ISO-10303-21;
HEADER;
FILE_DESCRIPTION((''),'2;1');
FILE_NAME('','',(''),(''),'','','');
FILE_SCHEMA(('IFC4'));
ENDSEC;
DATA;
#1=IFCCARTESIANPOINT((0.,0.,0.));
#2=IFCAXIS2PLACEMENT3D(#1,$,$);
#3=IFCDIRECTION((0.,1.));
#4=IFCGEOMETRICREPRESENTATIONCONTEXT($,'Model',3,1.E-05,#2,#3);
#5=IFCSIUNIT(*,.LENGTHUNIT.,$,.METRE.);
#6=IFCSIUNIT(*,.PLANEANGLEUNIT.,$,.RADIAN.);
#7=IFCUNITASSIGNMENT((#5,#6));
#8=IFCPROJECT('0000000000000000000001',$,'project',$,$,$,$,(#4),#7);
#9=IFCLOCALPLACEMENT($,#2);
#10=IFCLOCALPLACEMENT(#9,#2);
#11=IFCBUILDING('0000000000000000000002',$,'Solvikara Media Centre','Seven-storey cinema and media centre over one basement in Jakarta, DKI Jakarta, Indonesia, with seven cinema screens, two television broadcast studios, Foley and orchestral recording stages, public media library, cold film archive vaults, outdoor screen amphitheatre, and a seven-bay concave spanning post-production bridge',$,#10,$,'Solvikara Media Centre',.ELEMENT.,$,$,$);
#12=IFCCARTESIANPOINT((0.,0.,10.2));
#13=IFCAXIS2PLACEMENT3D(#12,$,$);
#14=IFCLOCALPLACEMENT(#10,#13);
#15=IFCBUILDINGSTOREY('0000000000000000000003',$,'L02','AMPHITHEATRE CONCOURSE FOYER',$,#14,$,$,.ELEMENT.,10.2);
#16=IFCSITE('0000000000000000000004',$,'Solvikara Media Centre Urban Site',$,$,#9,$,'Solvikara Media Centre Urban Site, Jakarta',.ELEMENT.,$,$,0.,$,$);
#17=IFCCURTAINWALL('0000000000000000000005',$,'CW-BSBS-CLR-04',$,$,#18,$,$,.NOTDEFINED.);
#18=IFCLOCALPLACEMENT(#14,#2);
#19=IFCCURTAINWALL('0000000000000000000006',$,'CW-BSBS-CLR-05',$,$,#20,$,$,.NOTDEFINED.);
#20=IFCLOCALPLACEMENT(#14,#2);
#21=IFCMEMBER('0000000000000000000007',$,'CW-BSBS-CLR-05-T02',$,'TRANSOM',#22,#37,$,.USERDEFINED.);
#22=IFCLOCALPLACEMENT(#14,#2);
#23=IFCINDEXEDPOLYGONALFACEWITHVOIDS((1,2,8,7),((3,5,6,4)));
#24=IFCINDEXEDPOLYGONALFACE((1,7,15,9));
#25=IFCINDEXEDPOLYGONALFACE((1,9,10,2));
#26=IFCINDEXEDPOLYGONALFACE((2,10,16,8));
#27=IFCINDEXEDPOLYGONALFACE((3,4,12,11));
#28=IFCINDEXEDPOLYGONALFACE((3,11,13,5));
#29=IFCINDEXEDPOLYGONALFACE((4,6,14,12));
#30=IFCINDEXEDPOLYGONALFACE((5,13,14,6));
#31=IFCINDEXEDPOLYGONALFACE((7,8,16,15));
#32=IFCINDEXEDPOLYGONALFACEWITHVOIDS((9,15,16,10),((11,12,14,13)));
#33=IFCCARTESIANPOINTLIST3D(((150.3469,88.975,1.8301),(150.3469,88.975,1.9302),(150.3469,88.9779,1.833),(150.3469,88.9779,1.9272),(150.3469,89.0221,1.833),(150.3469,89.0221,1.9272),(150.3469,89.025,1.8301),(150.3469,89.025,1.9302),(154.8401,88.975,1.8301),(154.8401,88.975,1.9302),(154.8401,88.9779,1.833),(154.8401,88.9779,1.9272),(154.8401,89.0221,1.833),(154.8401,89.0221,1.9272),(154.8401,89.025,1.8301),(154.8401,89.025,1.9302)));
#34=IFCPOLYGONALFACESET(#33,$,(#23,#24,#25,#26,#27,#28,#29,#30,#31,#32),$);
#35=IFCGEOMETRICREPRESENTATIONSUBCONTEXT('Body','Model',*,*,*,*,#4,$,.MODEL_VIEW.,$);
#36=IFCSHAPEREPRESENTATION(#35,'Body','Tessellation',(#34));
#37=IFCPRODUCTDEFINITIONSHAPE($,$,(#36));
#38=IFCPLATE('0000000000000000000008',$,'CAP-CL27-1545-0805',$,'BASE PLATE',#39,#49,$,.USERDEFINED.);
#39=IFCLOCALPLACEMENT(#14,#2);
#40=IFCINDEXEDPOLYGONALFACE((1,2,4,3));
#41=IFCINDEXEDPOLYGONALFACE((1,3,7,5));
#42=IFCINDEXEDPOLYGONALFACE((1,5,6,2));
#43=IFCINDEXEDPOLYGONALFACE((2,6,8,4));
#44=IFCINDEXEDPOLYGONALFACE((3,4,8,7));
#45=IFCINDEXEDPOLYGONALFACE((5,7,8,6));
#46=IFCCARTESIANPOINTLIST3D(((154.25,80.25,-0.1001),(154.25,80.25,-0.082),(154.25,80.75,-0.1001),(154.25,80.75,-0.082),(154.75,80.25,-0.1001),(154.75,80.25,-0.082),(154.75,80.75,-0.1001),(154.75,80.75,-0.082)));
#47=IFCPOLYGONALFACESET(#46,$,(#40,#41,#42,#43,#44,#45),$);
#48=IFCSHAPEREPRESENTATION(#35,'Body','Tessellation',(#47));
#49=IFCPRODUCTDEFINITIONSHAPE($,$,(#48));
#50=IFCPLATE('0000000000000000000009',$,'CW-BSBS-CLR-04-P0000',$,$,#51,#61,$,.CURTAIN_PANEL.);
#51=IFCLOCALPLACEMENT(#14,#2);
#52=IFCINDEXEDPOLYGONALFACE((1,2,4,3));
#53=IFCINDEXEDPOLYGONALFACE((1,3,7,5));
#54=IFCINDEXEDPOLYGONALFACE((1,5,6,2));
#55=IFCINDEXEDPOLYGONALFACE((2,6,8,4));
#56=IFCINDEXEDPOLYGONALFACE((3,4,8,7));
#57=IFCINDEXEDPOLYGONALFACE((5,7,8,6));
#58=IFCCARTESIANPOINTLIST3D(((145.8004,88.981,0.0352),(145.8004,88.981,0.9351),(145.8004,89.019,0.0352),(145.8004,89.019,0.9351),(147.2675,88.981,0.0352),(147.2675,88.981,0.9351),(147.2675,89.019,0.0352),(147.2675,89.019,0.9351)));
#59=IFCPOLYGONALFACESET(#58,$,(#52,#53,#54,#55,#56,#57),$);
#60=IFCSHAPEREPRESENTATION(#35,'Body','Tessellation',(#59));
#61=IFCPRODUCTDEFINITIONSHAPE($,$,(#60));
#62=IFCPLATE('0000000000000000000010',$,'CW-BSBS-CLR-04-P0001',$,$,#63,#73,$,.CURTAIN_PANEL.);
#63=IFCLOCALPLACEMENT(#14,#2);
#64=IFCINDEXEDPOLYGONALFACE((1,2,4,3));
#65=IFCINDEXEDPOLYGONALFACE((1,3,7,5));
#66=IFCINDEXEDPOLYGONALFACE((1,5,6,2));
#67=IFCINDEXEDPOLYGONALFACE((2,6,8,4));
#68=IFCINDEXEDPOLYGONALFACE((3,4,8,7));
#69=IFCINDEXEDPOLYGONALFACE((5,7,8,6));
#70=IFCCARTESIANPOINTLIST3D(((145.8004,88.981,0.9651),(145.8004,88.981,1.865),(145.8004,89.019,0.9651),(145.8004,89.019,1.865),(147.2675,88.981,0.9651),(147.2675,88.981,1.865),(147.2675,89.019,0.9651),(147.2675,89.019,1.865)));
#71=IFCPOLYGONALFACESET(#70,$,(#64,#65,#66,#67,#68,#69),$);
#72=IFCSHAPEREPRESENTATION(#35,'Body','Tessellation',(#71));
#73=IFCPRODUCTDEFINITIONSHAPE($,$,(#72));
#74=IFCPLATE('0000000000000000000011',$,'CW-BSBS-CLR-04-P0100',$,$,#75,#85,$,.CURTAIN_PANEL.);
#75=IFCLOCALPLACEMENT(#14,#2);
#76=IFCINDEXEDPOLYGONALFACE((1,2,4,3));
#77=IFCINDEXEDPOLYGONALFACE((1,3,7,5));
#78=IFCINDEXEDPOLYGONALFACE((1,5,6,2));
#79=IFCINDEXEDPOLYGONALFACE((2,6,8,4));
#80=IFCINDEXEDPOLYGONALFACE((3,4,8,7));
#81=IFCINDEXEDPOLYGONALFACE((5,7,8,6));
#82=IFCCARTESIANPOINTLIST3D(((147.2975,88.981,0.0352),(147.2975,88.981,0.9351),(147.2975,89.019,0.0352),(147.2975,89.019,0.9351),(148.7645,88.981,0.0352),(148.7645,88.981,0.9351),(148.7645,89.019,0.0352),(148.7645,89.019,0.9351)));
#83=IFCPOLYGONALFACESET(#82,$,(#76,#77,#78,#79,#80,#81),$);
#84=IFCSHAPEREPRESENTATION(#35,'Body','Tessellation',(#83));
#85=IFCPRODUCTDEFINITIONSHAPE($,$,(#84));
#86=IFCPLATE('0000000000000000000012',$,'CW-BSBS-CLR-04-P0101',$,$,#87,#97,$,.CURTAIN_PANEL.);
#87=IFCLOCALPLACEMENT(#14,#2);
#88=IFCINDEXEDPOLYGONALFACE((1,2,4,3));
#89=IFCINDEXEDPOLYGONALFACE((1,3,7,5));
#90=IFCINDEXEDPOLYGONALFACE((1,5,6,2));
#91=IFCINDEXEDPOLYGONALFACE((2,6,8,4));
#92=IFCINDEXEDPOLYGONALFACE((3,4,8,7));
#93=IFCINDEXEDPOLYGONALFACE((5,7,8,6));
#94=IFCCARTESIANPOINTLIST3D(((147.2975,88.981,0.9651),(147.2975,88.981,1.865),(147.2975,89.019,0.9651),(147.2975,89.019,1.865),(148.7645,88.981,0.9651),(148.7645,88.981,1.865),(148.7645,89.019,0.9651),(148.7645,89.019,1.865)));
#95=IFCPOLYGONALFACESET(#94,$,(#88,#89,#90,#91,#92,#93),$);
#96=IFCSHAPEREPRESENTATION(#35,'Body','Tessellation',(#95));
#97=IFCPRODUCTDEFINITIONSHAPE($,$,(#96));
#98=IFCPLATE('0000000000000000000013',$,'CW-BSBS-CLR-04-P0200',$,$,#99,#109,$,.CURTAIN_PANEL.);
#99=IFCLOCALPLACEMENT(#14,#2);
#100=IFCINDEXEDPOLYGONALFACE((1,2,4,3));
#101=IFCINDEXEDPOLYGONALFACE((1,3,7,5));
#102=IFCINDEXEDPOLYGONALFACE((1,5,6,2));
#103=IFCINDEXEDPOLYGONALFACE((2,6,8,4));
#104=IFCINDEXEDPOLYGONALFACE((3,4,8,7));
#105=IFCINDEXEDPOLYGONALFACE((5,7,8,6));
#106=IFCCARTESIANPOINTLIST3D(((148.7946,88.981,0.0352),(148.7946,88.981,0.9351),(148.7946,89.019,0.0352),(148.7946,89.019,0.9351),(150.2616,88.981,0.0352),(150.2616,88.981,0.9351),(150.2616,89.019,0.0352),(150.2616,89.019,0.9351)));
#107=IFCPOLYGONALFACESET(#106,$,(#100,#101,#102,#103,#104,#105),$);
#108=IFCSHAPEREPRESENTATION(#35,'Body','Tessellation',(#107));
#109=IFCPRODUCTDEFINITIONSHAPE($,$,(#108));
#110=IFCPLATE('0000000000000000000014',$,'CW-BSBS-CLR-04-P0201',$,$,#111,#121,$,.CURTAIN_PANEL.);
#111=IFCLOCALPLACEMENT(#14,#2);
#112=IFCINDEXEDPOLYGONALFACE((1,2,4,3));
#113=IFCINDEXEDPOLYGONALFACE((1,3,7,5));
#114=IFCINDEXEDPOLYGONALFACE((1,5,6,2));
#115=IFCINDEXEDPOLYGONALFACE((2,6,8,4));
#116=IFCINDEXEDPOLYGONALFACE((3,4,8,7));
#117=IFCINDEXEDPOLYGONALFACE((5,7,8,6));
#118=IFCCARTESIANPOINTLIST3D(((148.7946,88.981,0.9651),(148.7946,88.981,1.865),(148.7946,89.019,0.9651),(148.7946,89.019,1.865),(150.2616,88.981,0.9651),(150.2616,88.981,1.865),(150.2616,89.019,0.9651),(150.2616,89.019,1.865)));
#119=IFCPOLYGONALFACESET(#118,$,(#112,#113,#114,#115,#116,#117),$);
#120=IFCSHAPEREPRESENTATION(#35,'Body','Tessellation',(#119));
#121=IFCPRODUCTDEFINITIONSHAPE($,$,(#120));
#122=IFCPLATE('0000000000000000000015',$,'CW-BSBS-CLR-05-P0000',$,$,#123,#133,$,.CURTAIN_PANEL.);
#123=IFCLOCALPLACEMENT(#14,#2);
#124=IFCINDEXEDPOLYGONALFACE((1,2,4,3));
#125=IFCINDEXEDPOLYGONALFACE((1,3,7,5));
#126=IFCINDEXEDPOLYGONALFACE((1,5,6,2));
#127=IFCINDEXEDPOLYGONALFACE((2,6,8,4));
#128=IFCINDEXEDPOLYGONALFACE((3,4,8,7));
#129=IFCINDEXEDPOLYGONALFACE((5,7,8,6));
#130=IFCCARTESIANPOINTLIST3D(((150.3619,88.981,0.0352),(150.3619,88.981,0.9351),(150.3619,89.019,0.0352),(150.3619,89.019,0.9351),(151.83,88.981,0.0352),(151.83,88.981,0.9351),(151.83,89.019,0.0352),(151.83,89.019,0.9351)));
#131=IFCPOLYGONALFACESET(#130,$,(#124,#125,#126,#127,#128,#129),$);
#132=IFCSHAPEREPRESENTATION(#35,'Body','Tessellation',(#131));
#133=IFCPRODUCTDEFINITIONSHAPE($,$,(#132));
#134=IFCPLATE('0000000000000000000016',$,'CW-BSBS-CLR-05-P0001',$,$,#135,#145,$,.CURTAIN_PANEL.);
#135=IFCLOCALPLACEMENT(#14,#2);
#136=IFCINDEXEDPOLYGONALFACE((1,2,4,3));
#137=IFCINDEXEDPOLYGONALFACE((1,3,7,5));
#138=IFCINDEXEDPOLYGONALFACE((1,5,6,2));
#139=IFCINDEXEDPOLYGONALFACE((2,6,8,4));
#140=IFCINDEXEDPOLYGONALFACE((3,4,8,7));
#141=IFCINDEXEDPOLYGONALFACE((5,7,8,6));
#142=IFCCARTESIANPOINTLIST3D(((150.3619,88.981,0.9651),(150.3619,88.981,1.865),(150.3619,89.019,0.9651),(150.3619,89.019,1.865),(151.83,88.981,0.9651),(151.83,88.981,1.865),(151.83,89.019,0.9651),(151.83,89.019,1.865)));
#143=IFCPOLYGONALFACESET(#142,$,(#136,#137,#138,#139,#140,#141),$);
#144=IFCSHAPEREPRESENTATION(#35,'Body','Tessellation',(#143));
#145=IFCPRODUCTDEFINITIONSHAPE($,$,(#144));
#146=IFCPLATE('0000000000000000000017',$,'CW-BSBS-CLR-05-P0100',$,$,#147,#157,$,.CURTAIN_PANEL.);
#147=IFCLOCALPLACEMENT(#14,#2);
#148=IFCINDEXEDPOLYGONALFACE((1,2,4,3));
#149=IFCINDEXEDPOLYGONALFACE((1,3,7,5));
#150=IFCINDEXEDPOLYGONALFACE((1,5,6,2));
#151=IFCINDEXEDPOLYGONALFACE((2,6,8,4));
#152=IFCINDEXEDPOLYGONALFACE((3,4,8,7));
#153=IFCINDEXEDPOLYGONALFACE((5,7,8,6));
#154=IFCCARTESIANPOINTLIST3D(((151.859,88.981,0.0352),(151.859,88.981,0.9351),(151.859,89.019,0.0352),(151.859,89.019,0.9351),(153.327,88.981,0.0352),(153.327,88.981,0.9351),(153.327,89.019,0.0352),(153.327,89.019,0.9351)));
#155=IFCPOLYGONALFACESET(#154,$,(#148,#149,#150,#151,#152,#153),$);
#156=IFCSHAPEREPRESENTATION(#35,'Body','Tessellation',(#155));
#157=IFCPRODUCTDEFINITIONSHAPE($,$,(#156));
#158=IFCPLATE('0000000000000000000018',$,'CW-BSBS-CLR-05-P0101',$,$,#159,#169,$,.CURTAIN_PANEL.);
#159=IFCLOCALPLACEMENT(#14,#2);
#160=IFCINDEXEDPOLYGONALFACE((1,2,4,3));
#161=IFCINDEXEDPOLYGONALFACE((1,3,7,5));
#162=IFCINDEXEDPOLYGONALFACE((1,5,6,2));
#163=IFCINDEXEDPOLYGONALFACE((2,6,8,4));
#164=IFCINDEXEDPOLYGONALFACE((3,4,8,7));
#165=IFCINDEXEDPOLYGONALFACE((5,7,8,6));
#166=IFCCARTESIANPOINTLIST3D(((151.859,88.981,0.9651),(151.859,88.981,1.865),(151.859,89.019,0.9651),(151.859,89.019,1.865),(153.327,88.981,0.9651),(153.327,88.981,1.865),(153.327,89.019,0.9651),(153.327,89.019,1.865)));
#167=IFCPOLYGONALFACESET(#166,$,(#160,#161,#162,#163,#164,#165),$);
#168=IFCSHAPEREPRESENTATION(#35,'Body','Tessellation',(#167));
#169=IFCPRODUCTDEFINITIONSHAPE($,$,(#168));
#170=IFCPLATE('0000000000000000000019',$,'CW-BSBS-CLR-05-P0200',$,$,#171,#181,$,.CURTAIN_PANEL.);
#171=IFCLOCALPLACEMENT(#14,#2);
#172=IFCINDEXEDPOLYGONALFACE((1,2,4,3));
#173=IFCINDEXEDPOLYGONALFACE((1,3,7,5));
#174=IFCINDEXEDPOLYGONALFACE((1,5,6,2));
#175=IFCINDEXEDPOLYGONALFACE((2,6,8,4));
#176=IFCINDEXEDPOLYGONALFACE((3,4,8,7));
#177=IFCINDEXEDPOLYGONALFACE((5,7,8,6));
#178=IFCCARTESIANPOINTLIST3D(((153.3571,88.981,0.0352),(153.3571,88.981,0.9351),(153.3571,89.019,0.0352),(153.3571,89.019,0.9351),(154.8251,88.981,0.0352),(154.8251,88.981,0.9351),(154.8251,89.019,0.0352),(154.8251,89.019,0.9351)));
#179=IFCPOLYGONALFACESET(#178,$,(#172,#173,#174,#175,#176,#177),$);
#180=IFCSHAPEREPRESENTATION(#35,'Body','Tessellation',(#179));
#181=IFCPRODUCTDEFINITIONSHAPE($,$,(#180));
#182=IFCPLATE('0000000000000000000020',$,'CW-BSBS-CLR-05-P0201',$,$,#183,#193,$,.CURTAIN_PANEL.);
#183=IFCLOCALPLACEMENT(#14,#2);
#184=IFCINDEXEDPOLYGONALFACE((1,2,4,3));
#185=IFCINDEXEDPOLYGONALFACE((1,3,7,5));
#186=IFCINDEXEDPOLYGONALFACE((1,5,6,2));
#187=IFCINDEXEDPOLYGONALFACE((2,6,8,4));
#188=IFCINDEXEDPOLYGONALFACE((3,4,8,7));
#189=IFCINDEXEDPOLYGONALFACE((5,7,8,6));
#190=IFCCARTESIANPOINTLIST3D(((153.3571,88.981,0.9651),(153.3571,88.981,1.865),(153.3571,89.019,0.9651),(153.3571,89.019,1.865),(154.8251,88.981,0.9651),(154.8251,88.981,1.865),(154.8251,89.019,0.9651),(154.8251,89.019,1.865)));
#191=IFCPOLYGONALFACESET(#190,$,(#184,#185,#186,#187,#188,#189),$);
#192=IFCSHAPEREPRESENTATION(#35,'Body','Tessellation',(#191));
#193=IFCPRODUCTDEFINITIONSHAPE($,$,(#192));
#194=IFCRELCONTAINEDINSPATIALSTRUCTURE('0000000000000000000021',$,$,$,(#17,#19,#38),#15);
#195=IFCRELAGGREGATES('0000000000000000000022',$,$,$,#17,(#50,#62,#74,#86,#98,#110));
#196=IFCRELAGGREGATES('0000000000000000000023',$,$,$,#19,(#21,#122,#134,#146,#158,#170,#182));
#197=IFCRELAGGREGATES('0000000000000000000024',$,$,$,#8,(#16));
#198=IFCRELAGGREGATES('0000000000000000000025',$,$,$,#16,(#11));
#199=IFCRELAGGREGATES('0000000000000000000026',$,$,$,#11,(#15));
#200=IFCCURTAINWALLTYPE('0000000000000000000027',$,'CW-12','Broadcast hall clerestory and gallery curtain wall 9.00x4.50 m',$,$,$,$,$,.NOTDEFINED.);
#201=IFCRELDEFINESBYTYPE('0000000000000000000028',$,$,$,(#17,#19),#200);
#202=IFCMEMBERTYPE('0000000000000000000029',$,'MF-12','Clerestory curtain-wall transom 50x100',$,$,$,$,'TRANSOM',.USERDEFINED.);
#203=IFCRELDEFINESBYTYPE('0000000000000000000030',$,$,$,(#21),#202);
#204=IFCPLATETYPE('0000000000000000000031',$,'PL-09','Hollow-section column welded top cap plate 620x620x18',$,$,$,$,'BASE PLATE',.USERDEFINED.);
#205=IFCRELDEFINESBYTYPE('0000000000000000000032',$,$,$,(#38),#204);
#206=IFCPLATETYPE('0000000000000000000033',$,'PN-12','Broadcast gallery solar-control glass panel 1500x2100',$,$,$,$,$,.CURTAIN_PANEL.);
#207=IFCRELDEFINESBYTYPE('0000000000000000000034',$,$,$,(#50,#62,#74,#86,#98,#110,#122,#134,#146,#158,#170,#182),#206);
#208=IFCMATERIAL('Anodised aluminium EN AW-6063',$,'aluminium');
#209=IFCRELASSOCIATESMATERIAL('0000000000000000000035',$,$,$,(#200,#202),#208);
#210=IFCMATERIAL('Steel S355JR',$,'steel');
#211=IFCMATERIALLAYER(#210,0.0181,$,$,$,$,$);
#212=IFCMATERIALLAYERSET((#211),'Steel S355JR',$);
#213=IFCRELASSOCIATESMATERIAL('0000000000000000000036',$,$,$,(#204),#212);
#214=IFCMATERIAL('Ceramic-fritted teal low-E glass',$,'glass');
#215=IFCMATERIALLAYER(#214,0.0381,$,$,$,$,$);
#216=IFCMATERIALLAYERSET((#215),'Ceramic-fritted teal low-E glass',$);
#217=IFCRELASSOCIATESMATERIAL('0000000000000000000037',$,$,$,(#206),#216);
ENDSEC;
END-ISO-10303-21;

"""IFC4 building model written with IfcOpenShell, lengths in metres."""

from ifc_helpers import new_model, si_unit, direction, frame, origin, origin_2d, place, context, subcontext, project, spatial, rectangle, hollow_rectangle, extrude, material, layer, layer_set, material_profile, profile_set, type_object, element, aggregate, save


model = new_model("IFC4")

# Units and contexts
model_context = context("Model", 3, precision=1e-05, world=origin(), true_north=direction((0.0, 1.0)))
body_context = subcontext(model_context, "Body", "Model", "MODEL_VIEW")
ifc_project = project(units=[si_unit("LENGTHUNIT", "METRE"), si_unit("PLANEANGLEUNIT", "RADIAN")], contexts=[model_context])

# Site, building, storey
site_placement = place(None, origin())
site = spatial("IfcSite", under=ifc_project, at=site_placement, Name="Solvikara Media Centre Urban Site", LongName="Solvikara Media Centre Urban Site, Jakarta", CompositionType="ELEMENT", RefElevation=0.0)
building_placement = place(site_placement, origin())
building = spatial("IfcBuilding", under=site, at=building_placement, Name="Solvikara Media Centre", Description="Seven-storey cinema and media centre over one basement in Jakarta, DKI Jakarta, Indonesia, with seven cinema screens, two television broadcast studios, Foley and orchestral recording stages, public media library, cold film archive vaults, outdoor screen amphitheatre, and a seven-bay concave spanning post-production bridge", LongName="Solvikara Media Centre", CompositionType="ELEMENT")
storey_placement = place(building_placement, frame((0.0, 0.0, 10.2)))
storey = spatial("IfcBuildingStorey", under=building, at=storey_placement, Name="L02", Description="AMPHITHEATRE CONCOURSE FOYER", CompositionType="ELEMENT", Elevation=10.2)

# Shared definitions
ifc_material_1 = material(Name="Steel S355JR", Category="steel")

# Curtain walls, member
ifc_material_2 = material(Name="Anodised aluminium EN AW-6063", Category="aluminium")
curtain_wall_type = type_object("IfcCurtainWallType", Name="CW-12", Description="Broadcast hall clerestory and gallery curtain wall 9.00x4.50 m", PredefinedType="NOTDEFINED", material=ifc_material_2)
curtain_wall_1_placement = place(storey_placement, origin())
curtain_wall_1 = element("IfcCurtainWall", 1, at=curtain_wall_1_placement, inside=storey, type_object=curtain_wall_type, Name="CW-BSBS-CLR-04", PredefinedType="NOTDEFINED")
curtain_wall_2_placement = place(storey_placement, origin())
curtain_wall_2 = element("IfcCurtainWall", 2, at=curtain_wall_2_placement, inside=storey, type_object=curtain_wall_type, Name="CW-BSBS-CLR-05", PredefinedType="NOTDEFINED")
ifc_material_profile_1 = material_profile(ifc_material_2, hollow_rectangle(XDim=0.05, YDim=0.1001, WallThickness=0.0029, at=origin_2d()), Name="ALU-T 50x100x3")
ifc_profile_set_1 = profile_set([ifc_material_profile_1], Name="Anodised aluminium EN AW-6063")
member_type_1 = type_object("IfcMemberType", Name="MF-12", Description="Clerestory curtain-wall transom 50x100", ElementType="TRANSOM", PredefinedType="USERDEFINED", material=ifc_profile_set_1)
member_1_placement = place(storey_placement, frame((150.3469, 89.0, 1.8801), z_axis=(1.0, 0.0, 0.0), x_axis=(0.0, 1.0, 0.0)))
member_1 = element("IfcMember", 3, at=member_1_placement, type_object=member_type_1, Name="CW-BSBS-CLR-05-T02", ObjectType="TRANSOM", PredefinedType="USERDEFINED", context=body_context, shape_type="SweptSolid", body=[
    extrude(hollow_rectangle(XDim=0.05, YDim=0.1001, WallThickness=0.0029, at=origin_2d()), origin(), (0.0, 0.0, 1.0), 4.4932),
])

# Plates
ifc_layer_1 = layer(ifc_material_1, 0.0181)
ifc_layer_set_1 = layer_set([ifc_layer_1], Name="Steel S355JR")
plate_type_1 = type_object("IfcPlateType", Name="PL-09", Description="Hollow-section column welded top cap plate 620x620x18", ElementType="BASE PLATE", PredefinedType="USERDEFINED", material=ifc_layer_set_1)
plate_1_placement = place(storey_placement, frame((154.5, 80.5, -0.1001), z_axis=(0.0, 0.0, 1.0), x_axis=(1.0, 0.0, 0.0)))
element("IfcPlate", 4, at=plate_1_placement, inside=storey, type_object=plate_type_1, Name="CAP-CL27-1545-0805", ObjectType="BASE PLATE", PredefinedType="USERDEFINED", context=body_context, shape_type="SweptSolid", body=[
    extrude(rectangle(XDim=0.5, YDim=0.5, at=origin_2d()), origin(), (0.0, 0.0, 1.0), 0.0181),
])
ifc_material_3 = material(Name="Ceramic-fritted teal low-E glass", Category="glass")
ifc_layer_2 = layer(ifc_material_3, 0.0381)
ifc_layer_set_2 = layer_set([ifc_layer_2], Name="Ceramic-fritted teal low-E glass")
plate_type_2 = type_object("IfcPlateType", Name="PN-12", Description="Broadcast gallery solar-control glass panel 1500x2100", PredefinedType="CURTAIN_PANEL", material=ifc_layer_set_2)
plate_2_placement = place(storey_placement, frame((146.5339, 89.0, 0.0352), z_axis=(0.0, 0.0, 1.0), x_axis=(1.0, 0.0, 0.0)))
plate_2 = element("IfcPlate", 5, at=plate_2_placement, type_object=plate_type_2, Name="CW-BSBS-CLR-04-P0000", PredefinedType="CURTAIN_PANEL", context=body_context, shape_type="SweptSolid", body=[
    extrude(rectangle(XDim=1.467, YDim=0.0381, at=origin_2d()), origin(), (0.0, 0.0, 1.0), 0.8999),
])
plate_3_placement = place(storey_placement, frame((146.5339, 89.0, 0.9651), z_axis=(0.0, 0.0, 1.0), x_axis=(1.0, 0.0, 0.0)))
plate_3 = element("IfcPlate", 6, at=plate_3_placement, type_object=plate_type_2, Name="CW-BSBS-CLR-04-P0001", PredefinedType="CURTAIN_PANEL", context=body_context, shape_type="SweptSolid", body=[
    extrude(rectangle(XDim=1.467, YDim=0.0381, at=origin_2d()), origin(), (0.0, 0.0, 1.0), 0.8999),
])
plate_4_placement = place(storey_placement, frame((148.031, 89.0, 0.0352), z_axis=(0.0, 0.0, 1.0), x_axis=(1.0, 0.0, 0.0)))
plate_4 = element("IfcPlate", 7, at=plate_4_placement, type_object=plate_type_2, Name="CW-BSBS-CLR-04-P0100", PredefinedType="CURTAIN_PANEL", context=body_context, shape_type="SweptSolid", body=[
    extrude(rectangle(XDim=1.467, YDim=0.0381, at=origin_2d()), origin(), (0.0, 0.0, 1.0), 0.8999),
])
plate_5_placement = place(storey_placement, frame((148.031, 89.0, 0.9651), z_axis=(0.0, 0.0, 1.0), x_axis=(1.0, 0.0, 0.0)))
plate_5 = element("IfcPlate", 8, at=plate_5_placement, type_object=plate_type_2, Name="CW-BSBS-CLR-04-P0101", PredefinedType="CURTAIN_PANEL", context=body_context, shape_type="SweptSolid", body=[
    extrude(rectangle(XDim=1.467, YDim=0.0381, at=origin_2d()), origin(), (0.0, 0.0, 1.0), 0.8999),
])
plate_6_placement = place(storey_placement, frame((149.5281, 89.0, 0.0352), z_axis=(0.0, 0.0, 1.0), x_axis=(1.0, 0.0, 0.0)))
plate_6 = element("IfcPlate", 9, at=plate_6_placement, type_object=plate_type_2, Name="CW-BSBS-CLR-04-P0200", PredefinedType="CURTAIN_PANEL", context=body_context, shape_type="SweptSolid", body=[
    extrude(rectangle(XDim=1.467, YDim=0.0381, at=origin_2d()), origin(), (0.0, 0.0, 1.0), 0.8999),
])
plate_7_placement = place(storey_placement, frame((149.5281, 89.0, 0.9651), z_axis=(0.0, 0.0, 1.0), x_axis=(1.0, 0.0, 0.0)))
plate_7 = element("IfcPlate", 10, at=plate_7_placement, type_object=plate_type_2, Name="CW-BSBS-CLR-04-P0201", PredefinedType="CURTAIN_PANEL", context=body_context, shape_type="SweptSolid", body=[
    extrude(rectangle(XDim=1.467, YDim=0.0381, at=origin_2d()), origin(), (0.0, 0.0, 1.0), 0.8999),
])
aggregate(curtain_wall_1, [plate_2, plate_3, plate_4, plate_5, plate_6, plate_7])
plate_8_placement = place(storey_placement, frame((151.0959, 89.0, 0.0352), z_axis=(0.0, 0.0, 1.0), x_axis=(1.0, 0.0, 0.0)))
plate_8 = element("IfcPlate", 11, at=plate_8_placement, type_object=plate_type_2, Name="CW-BSBS-CLR-05-P0000", PredefinedType="CURTAIN_PANEL", context=body_context, shape_type="SweptSolid", body=[
    extrude(rectangle(XDim=1.468, YDim=0.0381, at=origin_2d()), origin(), (0.0, 0.0, 1.0), 0.8999),
])
plate_9_placement = place(storey_placement, frame((151.0959, 89.0, 0.9651), z_axis=(0.0, 0.0, 1.0), x_axis=(1.0, 0.0, 0.0)))
plate_9 = element("IfcPlate", 12, at=plate_9_placement, type_object=plate_type_2, Name="CW-BSBS-CLR-05-P0001", PredefinedType="CURTAIN_PANEL", context=body_context, shape_type="SweptSolid", body=[
    extrude(rectangle(XDim=1.468, YDim=0.0381, at=origin_2d()), origin(), (0.0, 0.0, 1.0), 0.8999),
])
plate_10_placement = place(storey_placement, frame((152.593, 89.0, 0.0352), z_axis=(0.0, 0.0, 1.0), x_axis=(1.0, 0.0, 0.0)))
plate_10 = element("IfcPlate", 13, at=plate_10_placement, type_object=plate_type_2, Name="CW-BSBS-CLR-05-P0100", PredefinedType="CURTAIN_PANEL", context=body_context, shape_type="SweptSolid", body=[
    extrude(rectangle(XDim=1.468, YDim=0.0381, at=origin_2d()), origin(), (0.0, 0.0, 1.0), 0.8999),
])
plate_11_placement = place(storey_placement, frame((152.593, 89.0, 0.9651), z_axis=(0.0, 0.0, 1.0), x_axis=(1.0, 0.0, 0.0)))
plate_11 = element("IfcPlate", 14, at=plate_11_placement, type_object=plate_type_2, Name="CW-BSBS-CLR-05-P0101", PredefinedType="CURTAIN_PANEL", context=body_context, shape_type="SweptSolid", body=[
    extrude(rectangle(XDim=1.468, YDim=0.0381, at=origin_2d()), origin(), (0.0, 0.0, 1.0), 0.8999),
])
plate_12_placement = place(storey_placement, frame((154.0911, 89.0, 0.0352), z_axis=(0.0, 0.0, 1.0), x_axis=(1.0, 0.0, 0.0)))
plate_12 = element("IfcPlate", 15, at=plate_12_placement, type_object=plate_type_2, Name="CW-BSBS-CLR-05-P0200", PredefinedType="CURTAIN_PANEL", context=body_context, shape_type="SweptSolid", body=[
    extrude(rectangle(XDim=1.468, YDim=0.0381, at=origin_2d()), origin(), (0.0, 0.0, 1.0), 0.8999),
])
plate_13_placement = place(storey_placement, frame((154.0911, 89.0, 0.9651), z_axis=(0.0, 0.0, 1.0), x_axis=(1.0, 0.0, 0.0)))
plate_13 = element("IfcPlate", 16, at=plate_13_placement, type_object=plate_type_2, Name="CW-BSBS-CLR-05-P0201", PredefinedType="CURTAIN_PANEL", context=body_context, shape_type="SweptSolid", body=[
    extrude(rectangle(XDim=1.468, YDim=0.0381, at=origin_2d()), origin(), (0.0, 0.0, 1.0), 0.8999),
])
aggregate(curtain_wall_2, [member_1, plate_8, plate_9, plate_10, plate_11, plate_12, plate_13])

save(model, "model.ifc")
